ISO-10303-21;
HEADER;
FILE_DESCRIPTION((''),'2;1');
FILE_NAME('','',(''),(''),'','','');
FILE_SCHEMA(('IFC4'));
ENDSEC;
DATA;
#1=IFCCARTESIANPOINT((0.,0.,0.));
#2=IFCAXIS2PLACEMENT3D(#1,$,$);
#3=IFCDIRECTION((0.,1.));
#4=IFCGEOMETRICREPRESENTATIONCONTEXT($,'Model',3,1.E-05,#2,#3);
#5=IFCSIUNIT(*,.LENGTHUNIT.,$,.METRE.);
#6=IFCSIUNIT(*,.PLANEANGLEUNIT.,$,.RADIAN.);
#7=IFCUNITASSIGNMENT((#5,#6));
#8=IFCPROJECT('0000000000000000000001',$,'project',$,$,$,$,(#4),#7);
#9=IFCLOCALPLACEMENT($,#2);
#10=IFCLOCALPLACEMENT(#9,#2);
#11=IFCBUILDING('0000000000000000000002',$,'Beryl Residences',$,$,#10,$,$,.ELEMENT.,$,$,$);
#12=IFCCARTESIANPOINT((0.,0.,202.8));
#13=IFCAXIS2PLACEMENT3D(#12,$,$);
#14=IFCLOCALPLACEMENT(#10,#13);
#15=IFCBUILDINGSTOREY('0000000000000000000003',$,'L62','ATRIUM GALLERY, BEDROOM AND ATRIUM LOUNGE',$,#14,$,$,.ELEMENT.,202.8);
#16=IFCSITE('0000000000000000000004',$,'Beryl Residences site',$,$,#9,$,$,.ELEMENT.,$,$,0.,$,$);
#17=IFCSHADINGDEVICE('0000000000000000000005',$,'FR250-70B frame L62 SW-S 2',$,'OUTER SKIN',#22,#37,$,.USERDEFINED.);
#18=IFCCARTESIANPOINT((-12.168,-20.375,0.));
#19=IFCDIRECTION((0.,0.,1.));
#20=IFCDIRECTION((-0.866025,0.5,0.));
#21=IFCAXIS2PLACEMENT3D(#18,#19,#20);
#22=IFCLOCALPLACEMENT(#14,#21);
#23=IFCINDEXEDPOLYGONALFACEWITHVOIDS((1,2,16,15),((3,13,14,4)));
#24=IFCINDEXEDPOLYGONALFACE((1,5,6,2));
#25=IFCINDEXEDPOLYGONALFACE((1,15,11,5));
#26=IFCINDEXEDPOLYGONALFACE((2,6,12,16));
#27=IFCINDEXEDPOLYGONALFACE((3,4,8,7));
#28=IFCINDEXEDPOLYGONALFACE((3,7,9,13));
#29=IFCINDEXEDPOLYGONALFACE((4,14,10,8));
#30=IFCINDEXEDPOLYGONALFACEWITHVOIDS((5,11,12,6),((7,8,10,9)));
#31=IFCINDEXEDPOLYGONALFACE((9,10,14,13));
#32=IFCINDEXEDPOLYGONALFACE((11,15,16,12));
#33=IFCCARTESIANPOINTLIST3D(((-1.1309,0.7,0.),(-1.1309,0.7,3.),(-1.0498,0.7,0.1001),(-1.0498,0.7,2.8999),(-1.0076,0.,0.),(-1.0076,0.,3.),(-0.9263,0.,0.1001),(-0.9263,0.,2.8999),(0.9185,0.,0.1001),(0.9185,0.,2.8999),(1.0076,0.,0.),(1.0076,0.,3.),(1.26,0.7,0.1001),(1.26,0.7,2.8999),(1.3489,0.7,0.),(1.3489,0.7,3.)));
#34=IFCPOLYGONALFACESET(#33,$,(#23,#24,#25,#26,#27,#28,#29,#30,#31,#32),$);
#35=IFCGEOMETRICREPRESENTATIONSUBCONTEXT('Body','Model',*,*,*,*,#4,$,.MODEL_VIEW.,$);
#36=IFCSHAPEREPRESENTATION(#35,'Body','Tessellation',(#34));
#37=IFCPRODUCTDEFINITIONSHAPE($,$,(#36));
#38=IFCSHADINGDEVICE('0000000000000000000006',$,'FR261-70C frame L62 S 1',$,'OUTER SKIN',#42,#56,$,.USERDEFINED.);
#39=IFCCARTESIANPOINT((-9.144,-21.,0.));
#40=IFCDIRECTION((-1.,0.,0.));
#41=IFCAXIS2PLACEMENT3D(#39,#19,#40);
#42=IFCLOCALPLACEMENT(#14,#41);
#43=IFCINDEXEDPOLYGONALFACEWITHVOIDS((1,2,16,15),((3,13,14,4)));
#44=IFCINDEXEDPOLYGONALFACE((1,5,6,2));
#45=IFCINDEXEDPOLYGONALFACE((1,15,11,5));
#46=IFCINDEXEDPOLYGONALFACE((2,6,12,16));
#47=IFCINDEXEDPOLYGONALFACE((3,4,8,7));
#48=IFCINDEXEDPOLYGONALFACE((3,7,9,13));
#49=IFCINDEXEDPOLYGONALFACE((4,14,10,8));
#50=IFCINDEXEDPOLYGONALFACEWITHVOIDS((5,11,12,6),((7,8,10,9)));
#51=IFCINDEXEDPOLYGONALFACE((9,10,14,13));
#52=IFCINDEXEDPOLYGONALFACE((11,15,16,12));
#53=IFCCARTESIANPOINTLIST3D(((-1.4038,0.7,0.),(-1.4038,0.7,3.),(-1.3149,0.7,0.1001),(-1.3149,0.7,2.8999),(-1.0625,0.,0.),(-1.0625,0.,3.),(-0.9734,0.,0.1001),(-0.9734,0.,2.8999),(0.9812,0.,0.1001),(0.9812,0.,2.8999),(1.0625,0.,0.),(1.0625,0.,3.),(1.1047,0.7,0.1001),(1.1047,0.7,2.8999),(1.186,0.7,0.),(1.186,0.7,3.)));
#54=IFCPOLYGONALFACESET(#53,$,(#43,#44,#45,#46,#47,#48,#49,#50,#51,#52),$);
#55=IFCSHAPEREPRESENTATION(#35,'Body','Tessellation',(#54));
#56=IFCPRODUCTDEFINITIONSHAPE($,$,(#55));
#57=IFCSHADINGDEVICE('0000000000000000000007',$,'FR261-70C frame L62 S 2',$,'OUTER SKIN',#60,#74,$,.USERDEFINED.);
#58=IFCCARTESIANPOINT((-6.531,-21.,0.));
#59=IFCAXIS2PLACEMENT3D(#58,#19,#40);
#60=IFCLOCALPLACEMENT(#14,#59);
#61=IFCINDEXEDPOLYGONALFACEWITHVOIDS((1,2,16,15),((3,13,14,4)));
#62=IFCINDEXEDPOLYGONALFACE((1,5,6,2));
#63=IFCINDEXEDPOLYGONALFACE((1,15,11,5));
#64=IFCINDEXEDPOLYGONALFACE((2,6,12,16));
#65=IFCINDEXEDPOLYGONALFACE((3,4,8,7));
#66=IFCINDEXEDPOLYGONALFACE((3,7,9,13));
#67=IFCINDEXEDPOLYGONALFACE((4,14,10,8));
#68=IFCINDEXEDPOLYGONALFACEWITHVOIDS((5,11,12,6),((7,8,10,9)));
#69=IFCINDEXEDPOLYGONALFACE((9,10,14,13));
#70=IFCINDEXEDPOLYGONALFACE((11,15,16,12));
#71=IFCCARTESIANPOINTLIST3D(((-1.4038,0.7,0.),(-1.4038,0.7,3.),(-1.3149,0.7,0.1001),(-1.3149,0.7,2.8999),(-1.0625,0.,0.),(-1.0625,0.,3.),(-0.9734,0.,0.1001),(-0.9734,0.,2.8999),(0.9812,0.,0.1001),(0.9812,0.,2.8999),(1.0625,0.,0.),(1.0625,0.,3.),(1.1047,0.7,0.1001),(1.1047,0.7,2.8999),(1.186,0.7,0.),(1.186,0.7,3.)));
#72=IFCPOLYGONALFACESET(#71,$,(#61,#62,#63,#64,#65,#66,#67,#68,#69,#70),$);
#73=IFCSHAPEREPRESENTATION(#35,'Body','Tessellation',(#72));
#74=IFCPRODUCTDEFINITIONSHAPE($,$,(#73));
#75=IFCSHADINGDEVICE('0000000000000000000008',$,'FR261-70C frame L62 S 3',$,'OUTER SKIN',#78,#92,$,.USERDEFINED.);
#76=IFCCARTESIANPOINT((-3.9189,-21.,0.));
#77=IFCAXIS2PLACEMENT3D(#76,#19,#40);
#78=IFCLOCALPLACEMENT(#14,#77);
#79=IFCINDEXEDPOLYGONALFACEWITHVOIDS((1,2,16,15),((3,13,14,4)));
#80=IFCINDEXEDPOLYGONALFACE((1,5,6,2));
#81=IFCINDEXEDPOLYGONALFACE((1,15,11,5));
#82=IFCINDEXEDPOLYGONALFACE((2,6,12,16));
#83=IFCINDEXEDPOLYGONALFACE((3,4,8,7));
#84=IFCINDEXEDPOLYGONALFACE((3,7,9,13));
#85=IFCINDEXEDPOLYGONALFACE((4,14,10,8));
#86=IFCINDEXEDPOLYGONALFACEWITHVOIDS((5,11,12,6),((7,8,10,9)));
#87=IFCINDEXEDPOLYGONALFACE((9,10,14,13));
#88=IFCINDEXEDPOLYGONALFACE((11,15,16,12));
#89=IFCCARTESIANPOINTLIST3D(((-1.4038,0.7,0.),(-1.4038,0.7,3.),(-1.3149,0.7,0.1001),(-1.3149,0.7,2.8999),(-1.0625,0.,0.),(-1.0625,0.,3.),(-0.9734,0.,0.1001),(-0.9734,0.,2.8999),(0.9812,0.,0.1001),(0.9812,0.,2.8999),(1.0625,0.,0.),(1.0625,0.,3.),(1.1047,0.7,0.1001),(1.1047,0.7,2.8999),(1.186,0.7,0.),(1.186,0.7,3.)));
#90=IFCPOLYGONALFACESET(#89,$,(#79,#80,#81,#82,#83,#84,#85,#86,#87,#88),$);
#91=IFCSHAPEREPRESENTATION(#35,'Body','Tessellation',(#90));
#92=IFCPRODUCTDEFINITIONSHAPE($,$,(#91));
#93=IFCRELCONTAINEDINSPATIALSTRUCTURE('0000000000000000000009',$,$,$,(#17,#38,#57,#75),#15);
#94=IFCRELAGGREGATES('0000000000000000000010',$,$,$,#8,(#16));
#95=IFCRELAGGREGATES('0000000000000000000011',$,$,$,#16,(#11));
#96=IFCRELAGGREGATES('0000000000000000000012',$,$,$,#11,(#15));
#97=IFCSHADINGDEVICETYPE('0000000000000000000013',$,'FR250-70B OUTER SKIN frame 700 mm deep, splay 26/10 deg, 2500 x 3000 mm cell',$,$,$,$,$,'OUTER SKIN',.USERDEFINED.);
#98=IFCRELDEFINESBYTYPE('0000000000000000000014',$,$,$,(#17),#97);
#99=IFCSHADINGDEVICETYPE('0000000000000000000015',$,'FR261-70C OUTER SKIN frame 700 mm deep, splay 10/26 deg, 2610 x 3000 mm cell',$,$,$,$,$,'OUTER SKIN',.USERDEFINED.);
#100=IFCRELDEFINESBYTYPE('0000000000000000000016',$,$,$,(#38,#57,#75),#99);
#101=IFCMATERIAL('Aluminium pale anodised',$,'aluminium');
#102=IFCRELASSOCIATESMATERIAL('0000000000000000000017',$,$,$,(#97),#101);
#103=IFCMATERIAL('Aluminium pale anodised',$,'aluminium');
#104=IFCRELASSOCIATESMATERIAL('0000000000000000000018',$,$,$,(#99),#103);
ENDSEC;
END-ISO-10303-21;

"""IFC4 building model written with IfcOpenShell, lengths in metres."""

from ifc_helpers import new_model, entity, si_unit, direction, frame, origin, place, context, subcontext, project, spatial, source, transform, mapped, material, type_object, type_shapes, element, save


model = new_model("IFC4")

# Units and contexts
model_context = context("Model", 3, precision=1e-05, world=origin(), true_north=direction((0.0, 1.0)))
body_context = subcontext(model_context, "Body", "Model", "MODEL_VIEW")
ifc_project = project(units=[si_unit("LENGTHUNIT", "METRE"), si_unit("PLANEANGLEUNIT", "RADIAN")], contexts=[model_context])

# Site, building, storey
site_placement = place(None, origin())
site = spatial("IfcSite", under=ifc_project, at=site_placement, Name="Beryl Residences site", CompositionType="ELEMENT", RefElevation=0.0)
building_placement = place(site_placement, origin())
building = spatial("IfcBuilding", under=site, at=building_placement, Name="Beryl Residences", CompositionType="ELEMENT")
storey_placement = place(building_placement, frame((0.0, 0.0, 202.8)))
storey = spatial("IfcBuildingStorey", under=building, at=storey_placement, Name="L62", Description="ATRIUM GALLERY, BEDROOM AND ATRIUM LOUNGE", CompositionType="ELEMENT", Elevation=202.8)

# Shading devices
ifc_material_1 = material(Name="Aluminium pale anodised", Category="aluminium")
shading_device_type_1 = type_object("IfcShadingDeviceType", Name="FR250-70B OUTER SKIN frame 700 mm deep, splay 26/10 deg, 2500 x 3000 mm cell", ElementType="OUTER SKIN", PredefinedType="USERDEFINED", material=ifc_material_1)
cartesian_point_1 = entity("IfcCartesianPoint", [-1.0076, 0.0])
cartesian_point_2 = entity("IfcCartesianPoint", [-0.9185, 0.1001])
cartesian_point_3 = entity("IfcCartesianPoint", [-1.3489, 0.0])
cartesian_point_4 = entity("IfcCartesianPoint", [-1.26, 0.1001])
shared_shape_1 = source(origin(), body_context, "Body", "SweptSolid", [
    entity("IfcExtrudedAreaSolidTapered", entity("IfcArbitraryProfileDefWithVoids", "AREA", None, entity("IfcPolyline", [cartesian_point_1, entity("IfcCartesianPoint", [1.0076, 0.0]), entity("IfcCartesianPoint", [1.0076, 3.0]), entity("IfcCartesianPoint", [-1.0076, 3.0]), cartesian_point_1]), [entity("IfcPolyline", [cartesian_point_2, entity("IfcCartesianPoint", [0.9263, 0.1001]), entity("IfcCartesianPoint", [0.9263, 2.8999]), entity("IfcCartesianPoint", [-0.9185, 2.8999]), cartesian_point_2])]), entity("IfcAxis2Placement3D", entity("IfcCartesianPoint", [0.0, 0.0, 0.0]), entity("IfcDirection", [0.0, 1.0, 0.0]), entity("IfcDirection", [-1.0, 0.0, 0.0])), entity("IfcDirection", [0.0, 0.0, 1.0]), 0.7, entity("IfcArbitraryProfileDefWithVoids", "AREA", None, entity("IfcPolyline", [cartesian_point_3, entity("IfcCartesianPoint", [1.1309, 0.0]), entity("IfcCartesianPoint", [1.1309, 3.0]), entity("IfcCartesianPoint", [-1.3489, 3.0]), cartesian_point_3]), [entity("IfcPolyline", [cartesian_point_4, entity("IfcCartesianPoint", [1.0498, 0.1001]), entity("IfcCartesianPoint", [1.0498, 2.8999]), entity("IfcCartesianPoint", [-1.26, 2.8999]), cartesian_point_4])])),
])
type_shapes(shading_device_type_1, [shared_shape_1])
shading_device_placement = place(storey_placement, frame((-12.168, -20.375, 0.0), z_axis=(0.0, 0.0, 1.0), x_axis=(-0.866025, 0.5, 0.0)))
element("IfcShadingDevice", 1, at=shading_device_placement, inside=storey, type_object=shading_device_type_1, Name="FR250-70B frame L62 SW-S 2", ObjectType="OUTER SKIN", PredefinedType="USERDEFINED", context=body_context, shape_type="MappedRepresentation", body=[
    mapped(shared_shape_1, transform((0.0, 0.0, 0.0))),
])
ifc_material_2 = material(Name="Aluminium pale anodised", Category="aluminium")
shading_device_type_2 = type_object("IfcShadingDeviceType", Name="FR261-70C OUTER SKIN frame 700 mm deep, splay 10/26 deg, 2610 x 3000 mm cell", ElementType="OUTER SKIN", PredefinedType="USERDEFINED", material=ifc_material_2)
cartesian_point_5 = entity("IfcCartesianPoint", [-1.0625, 0.0])
cartesian_point_6 = entity("IfcCartesianPoint", [-0.9812, 0.1001])
cartesian_point_7 = entity("IfcCartesianPoint", [-1.186, 0.0])
cartesian_point_8 = entity("IfcCartesianPoint", [-1.1047, 0.1001])
shared_shape_2 = source(origin(), body_context, "Body", "SweptSolid", [
    entity("IfcExtrudedAreaSolidTapered", entity("IfcArbitraryProfileDefWithVoids", "AREA", None, entity("IfcPolyline", [cartesian_point_5, entity("IfcCartesianPoint", [1.0625, 0.0]), entity("IfcCartesianPoint", [1.0625, 3.0]), entity("IfcCartesianPoint", [-1.0625, 3.0]), cartesian_point_5]), [entity("IfcPolyline", [cartesian_point_6, entity("IfcCartesianPoint", [0.9734, 0.1001]), entity("IfcCartesianPoint", [0.9734, 2.8999]), entity("IfcCartesianPoint", [-0.9812, 2.8999]), cartesian_point_6])]), entity("IfcAxis2Placement3D", entity("IfcCartesianPoint", [0.0, 0.0, 0.0]), entity("IfcDirection", [0.0, 1.0, 0.0]), entity("IfcDirection", [-1.0, 0.0, 0.0])), entity("IfcDirection", [0.0, 0.0, 1.0]), 0.7, entity("IfcArbitraryProfileDefWithVoids", "AREA", None, entity("IfcPolyline", [cartesian_point_7, entity("IfcCartesianPoint", [1.4038, 0.0]), entity("IfcCartesianPoint", [1.4038, 3.0]), entity("IfcCartesianPoint", [-1.186, 3.0]), cartesian_point_7]), [entity("IfcPolyline", [cartesian_point_8, entity("IfcCartesianPoint", [1.3149, 0.1001]), entity("IfcCartesianPoint", [1.3149, 2.8999]), entity("IfcCartesianPoint", [-1.1047, 2.8999]), cartesian_point_8])])),
])
type_shapes(shading_device_type_2, [shared_shape_2])
for number, where, z_axis, x_axis, name in (
    (2, (-9.144, -21.0, 0.0), (0.0, 0.0, 1.0), (-1.0, 0.0, 0.0), "FR261-70C frame L62 S 1"),
    (3, (-6.531, -21.0, 0.0), (0.0, 0.0, 1.0), (-1.0, 0.0, 0.0), "FR261-70C frame L62 S 2"),
    (4, (-3.9189, -21.0, 0.0), (0.0, 0.0, 1.0), (-1.0, 0.0, 0.0), "FR261-70C frame L62 S 3"),
):
    element("IfcShadingDevice", number, at=place(storey_placement, frame(where, z_axis=z_axis, x_axis=x_axis)), inside=storey, type_object=shading_device_type_2, Name=name, ObjectType="OUTER SKIN", PredefinedType="USERDEFINED", context=body_context, shape_type="MappedRepresentation", body=[
        mapped(shared_shape_2, transform((0.0, 0.0, 0.0))),
    ])

save(model, "model.ifc")
